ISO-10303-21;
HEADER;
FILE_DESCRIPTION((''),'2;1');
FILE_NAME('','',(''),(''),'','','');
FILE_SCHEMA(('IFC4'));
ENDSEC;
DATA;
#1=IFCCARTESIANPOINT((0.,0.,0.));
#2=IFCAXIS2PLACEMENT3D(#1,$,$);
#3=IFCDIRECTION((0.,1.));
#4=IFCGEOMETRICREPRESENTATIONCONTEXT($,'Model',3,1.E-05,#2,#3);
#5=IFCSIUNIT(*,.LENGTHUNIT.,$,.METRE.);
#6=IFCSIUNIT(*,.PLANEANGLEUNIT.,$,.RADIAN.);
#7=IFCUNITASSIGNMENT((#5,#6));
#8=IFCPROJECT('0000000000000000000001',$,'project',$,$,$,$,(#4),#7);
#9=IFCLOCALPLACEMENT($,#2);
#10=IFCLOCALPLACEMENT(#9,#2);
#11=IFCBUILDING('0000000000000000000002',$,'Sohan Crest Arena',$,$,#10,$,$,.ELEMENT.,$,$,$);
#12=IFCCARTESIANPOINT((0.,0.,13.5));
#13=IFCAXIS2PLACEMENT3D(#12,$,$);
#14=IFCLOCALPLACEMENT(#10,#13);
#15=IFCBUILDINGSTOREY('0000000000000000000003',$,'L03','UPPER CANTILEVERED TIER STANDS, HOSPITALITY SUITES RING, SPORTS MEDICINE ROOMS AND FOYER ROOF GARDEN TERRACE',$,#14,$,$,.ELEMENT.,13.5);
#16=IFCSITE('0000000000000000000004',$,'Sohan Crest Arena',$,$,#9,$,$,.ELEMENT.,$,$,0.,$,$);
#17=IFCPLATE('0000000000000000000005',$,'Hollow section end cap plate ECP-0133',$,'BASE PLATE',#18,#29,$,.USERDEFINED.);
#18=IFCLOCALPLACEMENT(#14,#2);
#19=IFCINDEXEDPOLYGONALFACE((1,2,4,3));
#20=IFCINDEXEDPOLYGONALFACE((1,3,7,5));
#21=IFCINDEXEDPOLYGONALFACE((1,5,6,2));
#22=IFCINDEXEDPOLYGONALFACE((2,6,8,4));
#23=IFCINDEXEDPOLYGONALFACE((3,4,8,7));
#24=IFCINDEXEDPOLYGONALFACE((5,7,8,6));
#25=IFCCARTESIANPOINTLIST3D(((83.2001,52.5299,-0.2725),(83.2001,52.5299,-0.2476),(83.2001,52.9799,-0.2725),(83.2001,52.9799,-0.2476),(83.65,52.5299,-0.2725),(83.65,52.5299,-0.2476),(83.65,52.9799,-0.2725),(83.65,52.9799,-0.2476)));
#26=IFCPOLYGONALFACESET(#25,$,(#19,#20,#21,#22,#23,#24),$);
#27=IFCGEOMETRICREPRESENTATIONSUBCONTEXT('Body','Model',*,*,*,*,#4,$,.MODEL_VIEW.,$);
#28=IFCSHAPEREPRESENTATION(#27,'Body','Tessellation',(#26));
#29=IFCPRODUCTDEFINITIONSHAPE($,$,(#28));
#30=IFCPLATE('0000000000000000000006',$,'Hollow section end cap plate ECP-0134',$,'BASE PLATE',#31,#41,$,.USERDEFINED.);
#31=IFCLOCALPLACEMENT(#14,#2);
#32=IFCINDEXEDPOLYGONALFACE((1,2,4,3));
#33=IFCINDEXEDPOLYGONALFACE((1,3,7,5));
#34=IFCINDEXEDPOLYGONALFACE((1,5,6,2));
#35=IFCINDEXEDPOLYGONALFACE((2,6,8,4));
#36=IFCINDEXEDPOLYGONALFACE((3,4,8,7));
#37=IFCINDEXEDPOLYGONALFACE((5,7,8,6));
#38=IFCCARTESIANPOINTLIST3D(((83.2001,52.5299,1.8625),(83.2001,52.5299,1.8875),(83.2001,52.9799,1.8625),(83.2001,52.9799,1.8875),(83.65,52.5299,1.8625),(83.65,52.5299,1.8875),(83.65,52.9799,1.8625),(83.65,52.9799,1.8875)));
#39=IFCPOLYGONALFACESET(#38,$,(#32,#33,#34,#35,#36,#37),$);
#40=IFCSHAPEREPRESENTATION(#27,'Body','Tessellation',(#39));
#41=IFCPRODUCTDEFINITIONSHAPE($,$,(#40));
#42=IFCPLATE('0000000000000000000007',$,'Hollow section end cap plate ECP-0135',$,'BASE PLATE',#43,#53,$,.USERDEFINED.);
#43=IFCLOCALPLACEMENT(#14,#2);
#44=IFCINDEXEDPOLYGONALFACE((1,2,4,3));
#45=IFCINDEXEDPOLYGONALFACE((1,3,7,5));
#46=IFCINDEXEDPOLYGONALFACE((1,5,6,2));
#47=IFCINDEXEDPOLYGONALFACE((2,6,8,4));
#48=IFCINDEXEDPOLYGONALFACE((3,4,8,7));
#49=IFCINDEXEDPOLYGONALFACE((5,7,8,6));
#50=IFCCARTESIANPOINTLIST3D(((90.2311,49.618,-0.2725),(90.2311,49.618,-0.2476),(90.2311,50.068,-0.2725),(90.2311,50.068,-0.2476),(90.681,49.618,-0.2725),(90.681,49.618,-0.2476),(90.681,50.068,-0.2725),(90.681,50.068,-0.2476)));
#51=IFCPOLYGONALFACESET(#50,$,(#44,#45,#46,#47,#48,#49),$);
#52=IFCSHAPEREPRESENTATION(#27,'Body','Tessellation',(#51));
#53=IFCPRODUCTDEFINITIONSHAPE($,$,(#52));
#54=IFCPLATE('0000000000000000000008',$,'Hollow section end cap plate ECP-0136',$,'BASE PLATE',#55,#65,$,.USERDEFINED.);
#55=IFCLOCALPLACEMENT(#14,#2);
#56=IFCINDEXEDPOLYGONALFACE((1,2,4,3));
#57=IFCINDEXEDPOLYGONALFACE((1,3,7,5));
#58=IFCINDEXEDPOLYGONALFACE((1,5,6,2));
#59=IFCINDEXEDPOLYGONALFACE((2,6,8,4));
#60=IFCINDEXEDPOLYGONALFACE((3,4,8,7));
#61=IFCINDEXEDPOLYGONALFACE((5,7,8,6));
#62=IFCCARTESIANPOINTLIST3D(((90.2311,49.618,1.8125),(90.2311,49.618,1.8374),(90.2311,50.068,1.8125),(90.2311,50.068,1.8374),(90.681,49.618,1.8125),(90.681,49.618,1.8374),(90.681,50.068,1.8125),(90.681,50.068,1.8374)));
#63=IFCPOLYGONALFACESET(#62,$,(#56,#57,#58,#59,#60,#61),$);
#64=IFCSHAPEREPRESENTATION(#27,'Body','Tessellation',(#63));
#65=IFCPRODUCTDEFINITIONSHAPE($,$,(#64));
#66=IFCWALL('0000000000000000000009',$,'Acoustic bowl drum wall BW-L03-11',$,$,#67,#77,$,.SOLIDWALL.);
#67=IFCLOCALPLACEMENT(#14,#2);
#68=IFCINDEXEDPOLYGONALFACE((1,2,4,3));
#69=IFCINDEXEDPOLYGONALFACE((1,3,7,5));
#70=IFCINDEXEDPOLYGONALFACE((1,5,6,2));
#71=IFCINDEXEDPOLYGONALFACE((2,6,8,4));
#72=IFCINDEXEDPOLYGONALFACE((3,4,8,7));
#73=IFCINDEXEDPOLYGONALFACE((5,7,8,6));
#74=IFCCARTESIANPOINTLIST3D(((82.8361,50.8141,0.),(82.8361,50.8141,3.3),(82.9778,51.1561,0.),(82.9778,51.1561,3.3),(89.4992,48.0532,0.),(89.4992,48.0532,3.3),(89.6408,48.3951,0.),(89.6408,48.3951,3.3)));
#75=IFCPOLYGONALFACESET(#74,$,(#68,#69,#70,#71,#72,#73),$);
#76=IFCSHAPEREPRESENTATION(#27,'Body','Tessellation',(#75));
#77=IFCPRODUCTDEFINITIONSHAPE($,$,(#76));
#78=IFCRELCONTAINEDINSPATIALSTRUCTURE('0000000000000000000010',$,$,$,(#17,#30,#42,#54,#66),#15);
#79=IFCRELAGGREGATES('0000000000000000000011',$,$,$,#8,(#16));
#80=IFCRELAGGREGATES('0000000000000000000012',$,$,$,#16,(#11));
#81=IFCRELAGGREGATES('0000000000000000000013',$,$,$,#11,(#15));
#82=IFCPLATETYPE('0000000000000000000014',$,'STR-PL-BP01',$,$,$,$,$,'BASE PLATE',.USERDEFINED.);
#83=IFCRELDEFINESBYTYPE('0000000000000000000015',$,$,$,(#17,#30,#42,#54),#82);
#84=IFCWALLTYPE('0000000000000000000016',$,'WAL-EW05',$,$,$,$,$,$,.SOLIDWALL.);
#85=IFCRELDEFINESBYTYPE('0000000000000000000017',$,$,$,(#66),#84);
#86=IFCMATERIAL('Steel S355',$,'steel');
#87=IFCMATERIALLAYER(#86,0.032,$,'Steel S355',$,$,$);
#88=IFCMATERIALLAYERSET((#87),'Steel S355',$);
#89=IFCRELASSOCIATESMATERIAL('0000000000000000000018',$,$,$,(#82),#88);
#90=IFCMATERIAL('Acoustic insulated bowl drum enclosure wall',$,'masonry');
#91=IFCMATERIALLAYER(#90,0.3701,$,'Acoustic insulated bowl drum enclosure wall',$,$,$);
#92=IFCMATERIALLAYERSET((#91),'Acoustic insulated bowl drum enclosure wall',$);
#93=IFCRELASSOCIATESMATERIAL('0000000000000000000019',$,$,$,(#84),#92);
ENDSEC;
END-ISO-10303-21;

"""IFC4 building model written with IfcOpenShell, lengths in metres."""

from ifc_helpers import new_model, si_unit, direction, frame, frame_2d, origin, origin_2d, place, context, subcontext, project, spatial, rectangle, extrude, material, layer, layer_set, type_object, element, save


model = new_model("IFC4")

# Units and contexts
model_context = context("Model", 3, precision=1e-05, world=origin(), true_north=direction((0.0, 1.0)))
body_context = subcontext(model_context, "Body", "Model", "MODEL_VIEW")
ifc_project = project(units=[si_unit("LENGTHUNIT", "METRE"), si_unit("PLANEANGLEUNIT", "RADIAN")], contexts=[model_context])

# Site, building, storey
site_placement = place(None, origin())
site = spatial("IfcSite", under=ifc_project, at=site_placement, Name="Sohan Crest Arena", CompositionType="ELEMENT", RefElevation=0.0)
building_placement = place(site_placement, origin())
building = spatial("IfcBuilding", under=site, at=building_placement, Name="Sohan Crest Arena", CompositionType="ELEMENT")
storey_placement = place(building_placement, frame((0.0, 0.0, 13.5)))
storey = spatial("IfcBuildingStorey", under=building, at=storey_placement, Name="L03", Description="UPPER CANTILEVERED TIER STANDS, HOSPITALITY SUITES RING, SPORTS MEDICINE ROOMS AND FOYER ROOF GARDEN TERRACE", CompositionType="ELEMENT", Elevation=13.5)

# Shared definitions
ifc_material_1 = material(Name="Steel S355", Category="steel")

# Plates
ifc_layer_1 = layer(ifc_material_1, 0.032, Name="Steel S355")
ifc_layer_set_1 = layer_set([ifc_layer_1], Name="Steel S355")
plate_type = type_object("IfcPlateType", Name="STR-PL-BP01", ElementType="BASE PLATE", PredefinedType="USERDEFINED", material=ifc_layer_set_1)
for number, where, z_axis, x_axis, name in (
    (1, (83.425, 52.7549, -0.2725), (0.0, 0.0, 1.0), (1.0, 0.0, 0.0), "Hollow section end cap plate ECP-0133"),
    (2, (83.425, 52.7549, 1.8625), (0.0, 0.0, 1.0), (1.0, 0.0, 0.0), "Hollow section end cap plate ECP-0134"),
    (3, (90.4561, 49.843, -0.2725), (0.0, 0.0, 1.0), (1.0, 0.0, 0.0), "Hollow section end cap plate ECP-0135"),
    (4, (90.4561, 49.843, 1.8125), (0.0, 0.0, 1.0), (1.0, 0.0, 0.0), "Hollow section end cap plate ECP-0136"),
):
    element("IfcPlate", number, at=place(storey_placement, frame(where, z_axis=z_axis, x_axis=x_axis)), inside=storey, type_object=plate_type, Name=name, ObjectType="BASE PLATE", PredefinedType="USERDEFINED", context=body_context, shape_type="SweptSolid", body=[
        extrude(rectangle(XDim=0.45, YDim=0.45, at=origin_2d()), origin(), (0.0, 0.0, 1.0), 0.0249),
    ])

# Wall
ifc_material_2 = material(Name="Acoustic insulated bowl drum enclosure wall", Category="masonry")
ifc_layer_2 = layer(ifc_material_2, 0.3701, Name="Acoustic insulated bowl drum enclosure wall")
ifc_layer_set_2 = layer_set([ifc_layer_2], Name="Acoustic insulated bowl drum enclosure wall")
wall_type = type_object("IfcWallType", Name="WAL-EW05", PredefinedType="SOLIDWALL", material=ifc_layer_set_2)
wall_placement = place(storey_placement, frame((82.907, 50.9851, 0.0), z_axis=(0.0, 0.0, 1.0), x_axis=(0.923828, -0.382807, 0.0)))
element("IfcWall", 5, at=wall_placement, inside=storey, type_object=wall_type, Name="Acoustic bowl drum wall BW-L03-11", PredefinedType="SOLIDWALL", context=body_context, shape_type="SweptSolid", body=[
    extrude(rectangle(XDim=7.2124, YDim=0.3701, at=frame_2d((3.6062, 0.0))), origin(), (0.0, 0.0, 1.0), 3.3),
])

save(model, "model.ifc")
